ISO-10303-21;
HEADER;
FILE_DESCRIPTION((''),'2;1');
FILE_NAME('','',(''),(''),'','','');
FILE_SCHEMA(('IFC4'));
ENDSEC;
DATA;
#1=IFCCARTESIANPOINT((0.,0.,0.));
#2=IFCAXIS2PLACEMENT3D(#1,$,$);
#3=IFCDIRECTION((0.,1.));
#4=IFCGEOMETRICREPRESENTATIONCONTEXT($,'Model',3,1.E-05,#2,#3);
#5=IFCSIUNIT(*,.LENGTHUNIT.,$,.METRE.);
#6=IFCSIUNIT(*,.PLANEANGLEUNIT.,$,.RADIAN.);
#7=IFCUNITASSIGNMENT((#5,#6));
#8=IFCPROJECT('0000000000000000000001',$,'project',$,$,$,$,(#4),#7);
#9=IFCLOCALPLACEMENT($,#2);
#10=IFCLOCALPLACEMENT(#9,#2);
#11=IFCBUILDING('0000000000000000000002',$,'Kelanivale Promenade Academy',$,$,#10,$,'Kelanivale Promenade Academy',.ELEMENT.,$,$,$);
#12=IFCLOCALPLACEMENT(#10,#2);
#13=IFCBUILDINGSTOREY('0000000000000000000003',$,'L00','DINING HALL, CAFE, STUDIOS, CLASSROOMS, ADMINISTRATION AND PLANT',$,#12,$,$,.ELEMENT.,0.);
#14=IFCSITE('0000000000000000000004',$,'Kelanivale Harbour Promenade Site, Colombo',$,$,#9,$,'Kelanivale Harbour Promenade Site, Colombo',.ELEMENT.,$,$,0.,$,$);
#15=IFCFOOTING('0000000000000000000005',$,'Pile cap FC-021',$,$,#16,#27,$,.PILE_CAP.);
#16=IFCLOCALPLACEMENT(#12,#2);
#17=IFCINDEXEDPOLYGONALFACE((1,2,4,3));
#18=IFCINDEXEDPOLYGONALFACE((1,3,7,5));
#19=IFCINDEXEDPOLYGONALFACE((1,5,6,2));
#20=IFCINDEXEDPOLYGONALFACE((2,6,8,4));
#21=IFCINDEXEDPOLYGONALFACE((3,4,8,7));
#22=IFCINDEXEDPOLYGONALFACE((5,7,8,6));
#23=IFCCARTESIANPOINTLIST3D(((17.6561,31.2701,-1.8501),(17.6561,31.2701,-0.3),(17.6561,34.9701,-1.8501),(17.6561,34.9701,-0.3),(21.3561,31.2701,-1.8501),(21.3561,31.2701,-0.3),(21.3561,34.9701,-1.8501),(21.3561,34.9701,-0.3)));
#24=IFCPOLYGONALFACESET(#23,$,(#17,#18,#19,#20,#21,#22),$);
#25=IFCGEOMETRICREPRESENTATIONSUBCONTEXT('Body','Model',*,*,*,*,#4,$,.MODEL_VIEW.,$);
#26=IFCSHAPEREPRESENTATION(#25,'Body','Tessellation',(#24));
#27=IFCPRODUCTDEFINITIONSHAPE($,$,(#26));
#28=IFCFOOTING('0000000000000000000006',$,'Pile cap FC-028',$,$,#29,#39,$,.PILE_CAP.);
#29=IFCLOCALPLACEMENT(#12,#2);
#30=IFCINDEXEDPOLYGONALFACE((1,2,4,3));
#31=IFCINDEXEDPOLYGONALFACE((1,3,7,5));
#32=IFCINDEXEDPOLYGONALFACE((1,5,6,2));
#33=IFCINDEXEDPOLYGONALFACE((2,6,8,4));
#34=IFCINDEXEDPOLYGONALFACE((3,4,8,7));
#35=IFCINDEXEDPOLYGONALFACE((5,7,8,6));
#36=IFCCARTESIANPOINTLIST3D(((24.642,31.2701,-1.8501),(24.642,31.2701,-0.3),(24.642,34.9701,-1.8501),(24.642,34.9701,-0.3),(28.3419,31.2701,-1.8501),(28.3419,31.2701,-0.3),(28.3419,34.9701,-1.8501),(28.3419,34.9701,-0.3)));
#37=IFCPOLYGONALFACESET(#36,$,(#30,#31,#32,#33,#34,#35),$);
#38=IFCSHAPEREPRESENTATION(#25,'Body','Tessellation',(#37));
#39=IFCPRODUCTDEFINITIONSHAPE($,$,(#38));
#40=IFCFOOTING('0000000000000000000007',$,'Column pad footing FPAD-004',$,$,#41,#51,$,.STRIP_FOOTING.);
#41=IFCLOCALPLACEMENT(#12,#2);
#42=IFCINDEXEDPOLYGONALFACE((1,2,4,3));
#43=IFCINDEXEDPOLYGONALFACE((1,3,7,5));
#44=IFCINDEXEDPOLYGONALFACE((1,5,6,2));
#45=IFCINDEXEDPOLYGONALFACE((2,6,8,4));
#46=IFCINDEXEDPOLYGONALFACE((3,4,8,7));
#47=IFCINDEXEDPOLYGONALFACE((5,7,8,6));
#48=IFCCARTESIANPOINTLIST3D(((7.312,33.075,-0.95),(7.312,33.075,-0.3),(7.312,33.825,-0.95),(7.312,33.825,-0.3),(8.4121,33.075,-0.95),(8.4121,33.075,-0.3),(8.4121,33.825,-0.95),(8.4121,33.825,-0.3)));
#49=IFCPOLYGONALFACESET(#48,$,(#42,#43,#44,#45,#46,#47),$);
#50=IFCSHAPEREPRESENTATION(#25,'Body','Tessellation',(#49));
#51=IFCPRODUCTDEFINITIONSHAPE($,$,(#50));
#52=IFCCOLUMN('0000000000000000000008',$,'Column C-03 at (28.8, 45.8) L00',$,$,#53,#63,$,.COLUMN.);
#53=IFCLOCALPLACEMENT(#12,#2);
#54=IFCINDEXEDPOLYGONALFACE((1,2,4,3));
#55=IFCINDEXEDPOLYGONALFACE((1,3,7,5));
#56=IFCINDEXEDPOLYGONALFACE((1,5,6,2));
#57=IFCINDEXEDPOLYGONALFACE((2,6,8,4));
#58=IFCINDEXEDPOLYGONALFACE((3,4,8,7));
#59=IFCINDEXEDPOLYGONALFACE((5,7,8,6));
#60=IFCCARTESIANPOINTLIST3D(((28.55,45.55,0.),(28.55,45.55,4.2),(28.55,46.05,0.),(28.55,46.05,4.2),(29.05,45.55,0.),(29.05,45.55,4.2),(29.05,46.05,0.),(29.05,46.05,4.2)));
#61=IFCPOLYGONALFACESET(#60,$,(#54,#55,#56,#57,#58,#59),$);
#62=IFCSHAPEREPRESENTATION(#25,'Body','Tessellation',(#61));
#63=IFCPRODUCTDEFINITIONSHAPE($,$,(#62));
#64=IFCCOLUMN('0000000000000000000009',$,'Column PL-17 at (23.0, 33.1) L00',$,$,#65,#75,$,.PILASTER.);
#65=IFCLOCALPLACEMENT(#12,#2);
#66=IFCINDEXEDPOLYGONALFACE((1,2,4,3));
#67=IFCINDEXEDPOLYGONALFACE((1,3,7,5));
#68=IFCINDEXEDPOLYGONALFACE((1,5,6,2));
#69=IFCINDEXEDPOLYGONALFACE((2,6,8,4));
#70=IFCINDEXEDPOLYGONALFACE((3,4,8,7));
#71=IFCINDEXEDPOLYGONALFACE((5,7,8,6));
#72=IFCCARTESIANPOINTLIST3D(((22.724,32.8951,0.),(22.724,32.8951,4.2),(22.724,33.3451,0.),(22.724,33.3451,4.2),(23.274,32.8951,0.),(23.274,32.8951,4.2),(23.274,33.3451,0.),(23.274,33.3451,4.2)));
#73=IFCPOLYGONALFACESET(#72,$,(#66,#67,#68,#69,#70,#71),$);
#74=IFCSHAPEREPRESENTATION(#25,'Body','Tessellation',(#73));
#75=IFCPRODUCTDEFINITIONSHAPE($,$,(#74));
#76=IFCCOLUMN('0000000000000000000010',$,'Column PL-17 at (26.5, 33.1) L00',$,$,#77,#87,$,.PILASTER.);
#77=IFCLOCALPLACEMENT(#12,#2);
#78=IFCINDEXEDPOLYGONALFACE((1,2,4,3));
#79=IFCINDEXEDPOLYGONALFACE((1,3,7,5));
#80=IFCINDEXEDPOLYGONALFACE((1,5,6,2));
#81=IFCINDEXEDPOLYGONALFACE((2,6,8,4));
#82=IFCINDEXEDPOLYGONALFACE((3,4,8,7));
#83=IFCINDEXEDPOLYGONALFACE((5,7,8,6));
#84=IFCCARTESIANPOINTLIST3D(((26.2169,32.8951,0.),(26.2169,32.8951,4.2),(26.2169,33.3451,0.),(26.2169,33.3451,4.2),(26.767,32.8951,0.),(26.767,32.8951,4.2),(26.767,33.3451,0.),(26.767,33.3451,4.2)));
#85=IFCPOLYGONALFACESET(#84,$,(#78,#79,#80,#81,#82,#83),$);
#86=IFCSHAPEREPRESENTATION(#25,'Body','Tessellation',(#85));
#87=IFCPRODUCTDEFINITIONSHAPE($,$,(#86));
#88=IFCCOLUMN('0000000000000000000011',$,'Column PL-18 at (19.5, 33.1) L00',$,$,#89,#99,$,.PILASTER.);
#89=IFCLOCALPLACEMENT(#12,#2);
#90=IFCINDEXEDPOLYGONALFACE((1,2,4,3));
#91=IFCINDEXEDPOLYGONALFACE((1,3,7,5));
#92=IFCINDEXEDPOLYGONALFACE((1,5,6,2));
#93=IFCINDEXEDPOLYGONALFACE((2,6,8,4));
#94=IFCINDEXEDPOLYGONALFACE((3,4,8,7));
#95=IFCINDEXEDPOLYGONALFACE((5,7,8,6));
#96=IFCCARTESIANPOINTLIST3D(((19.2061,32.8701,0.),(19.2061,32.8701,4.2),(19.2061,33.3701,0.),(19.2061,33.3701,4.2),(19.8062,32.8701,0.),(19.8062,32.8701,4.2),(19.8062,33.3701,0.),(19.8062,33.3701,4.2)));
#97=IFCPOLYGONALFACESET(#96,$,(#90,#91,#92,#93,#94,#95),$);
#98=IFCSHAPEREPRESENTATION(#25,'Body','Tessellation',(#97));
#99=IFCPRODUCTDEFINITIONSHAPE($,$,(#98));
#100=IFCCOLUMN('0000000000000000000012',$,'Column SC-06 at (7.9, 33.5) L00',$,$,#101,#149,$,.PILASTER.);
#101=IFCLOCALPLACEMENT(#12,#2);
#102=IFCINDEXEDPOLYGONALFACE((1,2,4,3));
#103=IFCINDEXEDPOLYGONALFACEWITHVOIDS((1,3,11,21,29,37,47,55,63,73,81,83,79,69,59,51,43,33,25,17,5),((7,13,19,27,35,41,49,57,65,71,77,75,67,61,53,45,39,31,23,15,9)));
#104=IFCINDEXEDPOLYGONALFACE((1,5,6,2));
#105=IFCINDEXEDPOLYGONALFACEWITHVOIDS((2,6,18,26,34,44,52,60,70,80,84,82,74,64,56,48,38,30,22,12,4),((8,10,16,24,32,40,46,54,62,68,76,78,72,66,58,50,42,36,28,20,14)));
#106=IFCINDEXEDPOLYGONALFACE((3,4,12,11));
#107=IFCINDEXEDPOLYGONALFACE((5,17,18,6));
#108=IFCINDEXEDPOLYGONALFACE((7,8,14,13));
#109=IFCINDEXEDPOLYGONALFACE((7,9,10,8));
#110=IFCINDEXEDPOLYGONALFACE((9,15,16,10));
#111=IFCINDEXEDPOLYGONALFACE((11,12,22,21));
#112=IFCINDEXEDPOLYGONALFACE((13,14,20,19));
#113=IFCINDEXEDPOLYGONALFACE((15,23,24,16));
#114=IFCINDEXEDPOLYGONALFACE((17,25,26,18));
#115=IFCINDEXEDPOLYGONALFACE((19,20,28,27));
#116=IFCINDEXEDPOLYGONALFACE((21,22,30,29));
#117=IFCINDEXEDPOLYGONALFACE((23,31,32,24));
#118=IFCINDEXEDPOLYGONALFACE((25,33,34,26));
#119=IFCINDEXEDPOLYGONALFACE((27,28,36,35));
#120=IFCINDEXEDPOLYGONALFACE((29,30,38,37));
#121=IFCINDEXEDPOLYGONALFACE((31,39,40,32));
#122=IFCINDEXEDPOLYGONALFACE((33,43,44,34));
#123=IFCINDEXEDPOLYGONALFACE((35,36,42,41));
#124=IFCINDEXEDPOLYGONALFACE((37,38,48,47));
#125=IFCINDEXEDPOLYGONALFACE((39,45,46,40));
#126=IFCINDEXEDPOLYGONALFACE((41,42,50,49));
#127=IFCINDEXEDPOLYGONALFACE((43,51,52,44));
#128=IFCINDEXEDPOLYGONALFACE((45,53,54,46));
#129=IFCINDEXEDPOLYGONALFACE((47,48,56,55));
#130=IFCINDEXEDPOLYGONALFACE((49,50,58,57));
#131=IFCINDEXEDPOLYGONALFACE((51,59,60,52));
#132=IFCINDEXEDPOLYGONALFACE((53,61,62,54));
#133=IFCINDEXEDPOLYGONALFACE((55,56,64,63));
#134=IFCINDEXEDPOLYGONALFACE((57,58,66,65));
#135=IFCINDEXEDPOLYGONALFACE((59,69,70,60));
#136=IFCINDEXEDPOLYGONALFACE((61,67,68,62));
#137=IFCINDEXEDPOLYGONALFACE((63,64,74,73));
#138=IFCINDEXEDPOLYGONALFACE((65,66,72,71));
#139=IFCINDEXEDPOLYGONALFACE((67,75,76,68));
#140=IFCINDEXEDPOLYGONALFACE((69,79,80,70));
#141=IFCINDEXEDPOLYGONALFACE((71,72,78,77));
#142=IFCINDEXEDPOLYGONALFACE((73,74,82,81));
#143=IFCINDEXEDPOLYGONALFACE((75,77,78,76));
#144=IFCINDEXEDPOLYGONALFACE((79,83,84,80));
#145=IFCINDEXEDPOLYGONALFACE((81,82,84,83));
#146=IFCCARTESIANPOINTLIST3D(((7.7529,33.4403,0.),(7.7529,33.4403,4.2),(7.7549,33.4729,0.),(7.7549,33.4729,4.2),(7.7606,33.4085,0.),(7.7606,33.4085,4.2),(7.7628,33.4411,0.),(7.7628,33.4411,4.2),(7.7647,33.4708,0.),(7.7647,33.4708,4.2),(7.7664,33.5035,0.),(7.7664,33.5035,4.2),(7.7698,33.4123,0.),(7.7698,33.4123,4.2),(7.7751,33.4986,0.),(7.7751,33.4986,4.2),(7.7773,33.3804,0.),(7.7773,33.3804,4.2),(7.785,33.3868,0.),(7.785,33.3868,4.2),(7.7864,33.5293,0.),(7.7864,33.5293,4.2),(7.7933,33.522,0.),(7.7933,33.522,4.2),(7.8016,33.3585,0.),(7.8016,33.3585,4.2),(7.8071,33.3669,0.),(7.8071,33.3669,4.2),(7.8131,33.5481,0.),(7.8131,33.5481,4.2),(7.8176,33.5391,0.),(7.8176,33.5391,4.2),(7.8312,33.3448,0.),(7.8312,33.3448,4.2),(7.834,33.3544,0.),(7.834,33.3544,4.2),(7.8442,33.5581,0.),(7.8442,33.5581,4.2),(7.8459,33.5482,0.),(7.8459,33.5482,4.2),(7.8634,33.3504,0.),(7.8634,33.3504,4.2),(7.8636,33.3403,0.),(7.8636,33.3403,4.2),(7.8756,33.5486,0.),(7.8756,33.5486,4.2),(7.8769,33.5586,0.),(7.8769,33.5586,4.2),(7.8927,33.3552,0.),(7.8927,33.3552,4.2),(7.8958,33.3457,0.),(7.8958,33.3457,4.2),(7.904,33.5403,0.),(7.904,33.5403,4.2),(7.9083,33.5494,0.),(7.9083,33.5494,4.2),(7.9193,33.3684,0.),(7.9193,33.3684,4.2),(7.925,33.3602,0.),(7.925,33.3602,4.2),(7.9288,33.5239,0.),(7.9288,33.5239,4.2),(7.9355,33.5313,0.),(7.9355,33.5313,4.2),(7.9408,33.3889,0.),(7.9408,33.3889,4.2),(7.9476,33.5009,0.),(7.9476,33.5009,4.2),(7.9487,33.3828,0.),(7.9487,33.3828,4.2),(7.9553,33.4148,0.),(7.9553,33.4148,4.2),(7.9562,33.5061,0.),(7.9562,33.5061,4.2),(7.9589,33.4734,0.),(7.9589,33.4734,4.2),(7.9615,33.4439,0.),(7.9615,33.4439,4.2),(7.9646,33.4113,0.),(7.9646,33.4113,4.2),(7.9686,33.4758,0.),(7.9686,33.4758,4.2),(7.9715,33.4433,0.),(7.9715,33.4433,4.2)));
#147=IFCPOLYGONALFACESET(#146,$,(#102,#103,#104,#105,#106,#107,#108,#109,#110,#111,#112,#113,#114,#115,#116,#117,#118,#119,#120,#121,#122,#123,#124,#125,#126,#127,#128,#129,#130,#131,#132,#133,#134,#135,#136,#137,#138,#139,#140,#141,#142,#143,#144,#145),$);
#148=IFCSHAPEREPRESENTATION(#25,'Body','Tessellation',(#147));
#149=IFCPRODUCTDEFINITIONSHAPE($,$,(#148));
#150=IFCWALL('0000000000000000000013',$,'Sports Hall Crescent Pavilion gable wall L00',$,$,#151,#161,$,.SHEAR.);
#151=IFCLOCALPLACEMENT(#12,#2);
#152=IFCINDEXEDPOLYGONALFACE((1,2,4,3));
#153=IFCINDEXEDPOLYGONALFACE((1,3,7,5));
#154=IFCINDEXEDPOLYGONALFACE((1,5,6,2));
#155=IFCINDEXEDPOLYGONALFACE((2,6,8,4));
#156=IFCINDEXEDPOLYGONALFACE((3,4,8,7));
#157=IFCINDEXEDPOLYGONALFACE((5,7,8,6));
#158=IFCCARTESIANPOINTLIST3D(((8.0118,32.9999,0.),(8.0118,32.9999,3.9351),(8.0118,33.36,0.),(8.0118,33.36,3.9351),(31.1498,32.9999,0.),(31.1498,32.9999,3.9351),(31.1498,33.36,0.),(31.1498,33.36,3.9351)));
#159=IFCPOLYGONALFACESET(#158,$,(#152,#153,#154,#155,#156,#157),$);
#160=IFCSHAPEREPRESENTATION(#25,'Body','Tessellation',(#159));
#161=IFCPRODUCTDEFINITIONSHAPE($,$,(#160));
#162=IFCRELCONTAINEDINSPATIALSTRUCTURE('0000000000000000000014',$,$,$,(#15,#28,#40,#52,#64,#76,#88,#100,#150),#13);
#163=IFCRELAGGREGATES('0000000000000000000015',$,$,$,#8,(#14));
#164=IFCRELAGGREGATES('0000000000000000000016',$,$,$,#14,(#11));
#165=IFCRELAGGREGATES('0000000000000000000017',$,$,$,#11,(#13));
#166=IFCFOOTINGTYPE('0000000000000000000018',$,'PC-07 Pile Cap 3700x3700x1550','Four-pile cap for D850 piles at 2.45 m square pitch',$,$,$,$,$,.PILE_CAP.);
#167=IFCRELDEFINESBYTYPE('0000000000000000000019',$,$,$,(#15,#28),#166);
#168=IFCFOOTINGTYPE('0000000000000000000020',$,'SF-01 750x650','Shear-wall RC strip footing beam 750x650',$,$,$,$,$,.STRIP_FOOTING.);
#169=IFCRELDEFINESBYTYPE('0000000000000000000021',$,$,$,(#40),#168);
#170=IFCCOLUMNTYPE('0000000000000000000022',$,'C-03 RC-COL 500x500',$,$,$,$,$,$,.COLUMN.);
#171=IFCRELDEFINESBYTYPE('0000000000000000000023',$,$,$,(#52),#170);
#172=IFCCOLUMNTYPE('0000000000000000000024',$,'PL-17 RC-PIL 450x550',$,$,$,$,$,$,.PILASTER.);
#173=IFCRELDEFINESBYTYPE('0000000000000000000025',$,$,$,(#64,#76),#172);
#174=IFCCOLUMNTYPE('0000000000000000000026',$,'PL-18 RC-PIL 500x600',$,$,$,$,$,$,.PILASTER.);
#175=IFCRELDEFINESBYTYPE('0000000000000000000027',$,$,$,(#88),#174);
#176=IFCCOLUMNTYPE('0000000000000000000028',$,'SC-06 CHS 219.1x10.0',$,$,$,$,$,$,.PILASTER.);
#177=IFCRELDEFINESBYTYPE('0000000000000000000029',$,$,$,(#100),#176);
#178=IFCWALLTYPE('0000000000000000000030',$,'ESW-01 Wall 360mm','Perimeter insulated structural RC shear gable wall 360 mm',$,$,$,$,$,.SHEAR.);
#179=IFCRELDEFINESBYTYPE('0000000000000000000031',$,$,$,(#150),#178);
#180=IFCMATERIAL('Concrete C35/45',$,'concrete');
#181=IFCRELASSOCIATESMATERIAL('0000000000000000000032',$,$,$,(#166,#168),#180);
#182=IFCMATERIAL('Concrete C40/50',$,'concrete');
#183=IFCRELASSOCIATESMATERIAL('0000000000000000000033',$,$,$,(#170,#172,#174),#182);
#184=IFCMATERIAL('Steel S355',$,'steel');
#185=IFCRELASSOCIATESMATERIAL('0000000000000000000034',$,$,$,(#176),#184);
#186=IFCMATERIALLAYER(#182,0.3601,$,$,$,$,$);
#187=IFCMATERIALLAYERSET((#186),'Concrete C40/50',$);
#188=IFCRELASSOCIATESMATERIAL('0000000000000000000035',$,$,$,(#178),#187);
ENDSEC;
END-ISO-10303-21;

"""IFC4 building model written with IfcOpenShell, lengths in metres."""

from ifc_helpers import new_model, si_unit, direction, frame, frame_2d, origin, origin_2d, place, context, subcontext, project, spatial, rectangle, hollow_circle, extrude, material, layer, layer_set, material_profile, profile_set, type_object, element, save


model = new_model("IFC4")

# Units and contexts
model_context = context("Model", 3, precision=1e-05, world=origin(), true_north=direction((0.0, 1.0)))
body_context = subcontext(model_context, "Body", "Model", "MODEL_VIEW")
ifc_project = project(units=[si_unit("LENGTHUNIT", "METRE"), si_unit("PLANEANGLEUNIT", "RADIAN")], contexts=[model_context])

# Site, building, storey
site_placement = place(None, origin())
site = spatial("IfcSite", under=ifc_project, at=site_placement, Name="Kelanivale Harbour Promenade Site, Colombo", LongName="Kelanivale Harbour Promenade Site, Colombo", CompositionType="ELEMENT", RefElevation=0.0)
building_placement = place(site_placement, origin())
building = spatial("IfcBuilding", under=site, at=building_placement, Name="Kelanivale Promenade Academy", LongName="Kelanivale Promenade Academy", CompositionType="ELEMENT")
storey_placement = place(building_placement, origin())
storey = spatial("IfcBuildingStorey", under=building, at=storey_placement, Name="L00", Description="DINING HALL, CAFE, STUDIOS, CLASSROOMS, ADMINISTRATION AND PLANT", CompositionType="ELEMENT", Elevation=0.0)

# Shared definitions
ifc_material_1 = material(Name="Concrete C35/45", Category="concrete")

# Footings
footing_type_1 = type_object("IfcFootingType", Name="PC-07 Pile Cap 3700x3700x1550", Description="Four-pile cap for D850 piles at 2.45 m square pitch", PredefinedType="PILE_CAP", material=ifc_material_1)
for number, where, z_axis, x_axis, name in (
    (1, (19.5061, 33.1201, -1.8501), (0.0, 0.0, 1.0), (1.0, 0.0, 0.0), "Pile cap FC-021"),
    (2, (26.4919, 33.1201, -1.8501), (0.0, 0.0, 1.0), (1.0, 0.0, 0.0), "Pile cap FC-028"),
):
    element("IfcFooting", number, at=place(storey_placement, frame(where, z_axis=z_axis, x_axis=x_axis)), inside=storey, type_object=footing_type_1, Name=name, PredefinedType="PILE_CAP", context=body_context, shape_type="SweptSolid", body=[
        extrude(rectangle(XDim=3.7, YDim=3.7, at=origin_2d()), origin(), (0.0, 0.0, 1.0), 1.55),
    ])
footing_type_2 = type_object("IfcFootingType", Name="SF-01 750x650", Description="Shear-wall RC strip footing beam 750x650", PredefinedType="STRIP_FOOTING", material=ifc_material_1)
footing_1_placement = place(storey_placement, frame((7.8621, 33.45, -0.95), z_axis=(0.0, 0.0, 1.0), x_axis=(1.0, 0.0, 0.0)))
element("IfcFooting", 3, at=footing_1_placement, inside=storey, type_object=footing_type_2, Name="Column pad footing FPAD-004", PredefinedType="STRIP_FOOTING", context=body_context, shape_type="SweptSolid", body=[
    extrude(rectangle(XDim=1.1001, YDim=0.75, at=origin_2d()), origin(), (0.0, 0.0, 1.0), 0.6499),
])

# Columns
ifc_material_2 = material(Name="Concrete C40/50", Category="concrete")
ifc_material_profile_1 = material_profile(ifc_material_2, rectangle(XDim=0.5, YDim=0.5, at=origin_2d()), Name="RC-COL 500x500")
ifc_profile_set_1 = profile_set([ifc_material_profile_1], Name="Concrete C40/50")
column_type_1 = type_object("IfcColumnType", Name="C-03 RC-COL 500x500", PredefinedType="COLUMN", material=ifc_profile_set_1)
column_1_placement = place(storey_placement, frame((28.8, 45.8, 0.0), z_axis=(0.0, 0.0, 1.0), x_axis=(1.0, 0.0, 0.0)))
element("IfcColumn", 4, at=column_1_placement, inside=storey, type_object=column_type_1, Name="Column C-03 at (28.8, 45.8) L00", PredefinedType="COLUMN", context=body_context, shape_type="SweptSolid", body=[
    extrude(rectangle(XDim=0.5, YDim=0.5, at=origin_2d()), origin(), (0.0, 0.0, 1.0), 4.2),
])
ifc_material_profile_2 = material_profile(ifc_material_2, rectangle(XDim=0.45, YDim=0.55, at=origin_2d()), Name="RC-PIL 450x550")
ifc_profile_set_2 = profile_set([ifc_material_profile_2], Name="Concrete C40/50")
column_type_2 = type_object("IfcColumnType", Name="PL-17 RC-PIL 450x550", PredefinedType="PILASTER", material=ifc_profile_set_2)
for number, where, z_axis, x_axis, name in (
    (5, (22.999, 33.1201, 0.0), (0.0, 0.0, 1.0), (0.0, 1.0, 0.0), "Column PL-17 at (23.0, 33.1) L00"),
    (6, (26.4919, 33.1201, 0.0), (0.0, 0.0, 1.0), (0.0, 1.0, 0.0), "Column PL-17 at (26.5, 33.1) L00"),
):
    element("IfcColumn", number, at=place(storey_placement, frame(where, z_axis=z_axis, x_axis=x_axis)), inside=storey, type_object=column_type_2, Name=name, PredefinedType="PILASTER", context=body_context, shape_type="SweptSolid", body=[
        extrude(rectangle(XDim=0.45, YDim=0.55, at=origin_2d()), origin(), (0.0, 0.0, 1.0), 4.2),
    ])
ifc_material_profile_3 = material_profile(ifc_material_2, rectangle(XDim=0.5, YDim=0.6001, at=origin_2d()), Name="RC-PIL 500x600")
ifc_profile_set_3 = profile_set([ifc_material_profile_3], Name="Concrete C40/50")
column_type_3 = type_object("IfcColumnType", Name="PL-18 RC-PIL 500x600", PredefinedType="PILASTER", material=ifc_profile_set_3)
column_2_placement = place(storey_placement, frame((19.5061, 33.1201, 0.0), z_axis=(0.0, 0.0, 1.0), x_axis=(0.0, 1.0, 0.0)))
element("IfcColumn", 7, at=column_2_placement, inside=storey, type_object=column_type_3, Name="Column PL-18 at (19.5, 33.1) L00", PredefinedType="PILASTER", context=body_context, shape_type="SweptSolid", body=[
    extrude(rectangle(XDim=0.5, YDim=0.6001, at=origin_2d()), origin(), (0.0, 0.0, 1.0), 4.2),
])
ifc_material_3 = material(Name="Steel S355", Category="steel")
ifc_material_profile_4 = material_profile(ifc_material_3, hollow_circle(Radius=0.1096, WallThickness=0.01, at=origin_2d()), Name="CHS 219.1x10.0")
ifc_profile_set_4 = profile_set([ifc_material_profile_4], Name="Steel S355")
column_type_4 = type_object("IfcColumnType", Name="SC-06 CHS 219.1x10.0", PredefinedType="PILASTER", material=ifc_profile_set_4)
column_3_placement = place(storey_placement, frame((7.8621, 33.45, 0.0), z_axis=(0.0, 0.0, 1.0), x_axis=(-0.446198, 0.894934, 0.0)))
element("IfcColumn", 8, at=column_3_placement, inside=storey, type_object=column_type_4, Name="Column SC-06 at (7.9, 33.5) L00", PredefinedType="PILASTER", context=body_context, shape_type="SweptSolid", body=[
    extrude(hollow_circle(Radius=0.1096, WallThickness=0.01, at=origin_2d()), origin(), (0.0, 0.0, 1.0), 4.2),
])

# Wall
ifc_layer = layer(ifc_material_2, 0.3601)
ifc_layer_set = layer_set([ifc_layer], Name="Concrete C40/50")
wall_type = type_object("IfcWallType", Name="ESW-01 Wall 360mm", Description="Perimeter insulated structural RC shear gable wall 360 mm", PredefinedType="SHEAR", material=ifc_layer_set)
wall_placement = place(storey_placement, frame((8.012, 33.1799, 0.0), z_axis=(0.0, 0.0, 1.0), x_axis=(1.0, 0.0, 0.0)))
element("IfcWall", 9, at=wall_placement, inside=storey, type_object=wall_type, Name="Sports Hall Crescent Pavilion gable wall L00", PredefinedType="SHEAR", context=body_context, shape_type="SweptSolid", body=[
    extrude(rectangle(XDim=23.1379, YDim=0.3601, at=frame_2d((11.5688, 0.0))), origin(), (0.0, 0.0, 1.0), 3.9351),
])

save(model, "model.ifc")
